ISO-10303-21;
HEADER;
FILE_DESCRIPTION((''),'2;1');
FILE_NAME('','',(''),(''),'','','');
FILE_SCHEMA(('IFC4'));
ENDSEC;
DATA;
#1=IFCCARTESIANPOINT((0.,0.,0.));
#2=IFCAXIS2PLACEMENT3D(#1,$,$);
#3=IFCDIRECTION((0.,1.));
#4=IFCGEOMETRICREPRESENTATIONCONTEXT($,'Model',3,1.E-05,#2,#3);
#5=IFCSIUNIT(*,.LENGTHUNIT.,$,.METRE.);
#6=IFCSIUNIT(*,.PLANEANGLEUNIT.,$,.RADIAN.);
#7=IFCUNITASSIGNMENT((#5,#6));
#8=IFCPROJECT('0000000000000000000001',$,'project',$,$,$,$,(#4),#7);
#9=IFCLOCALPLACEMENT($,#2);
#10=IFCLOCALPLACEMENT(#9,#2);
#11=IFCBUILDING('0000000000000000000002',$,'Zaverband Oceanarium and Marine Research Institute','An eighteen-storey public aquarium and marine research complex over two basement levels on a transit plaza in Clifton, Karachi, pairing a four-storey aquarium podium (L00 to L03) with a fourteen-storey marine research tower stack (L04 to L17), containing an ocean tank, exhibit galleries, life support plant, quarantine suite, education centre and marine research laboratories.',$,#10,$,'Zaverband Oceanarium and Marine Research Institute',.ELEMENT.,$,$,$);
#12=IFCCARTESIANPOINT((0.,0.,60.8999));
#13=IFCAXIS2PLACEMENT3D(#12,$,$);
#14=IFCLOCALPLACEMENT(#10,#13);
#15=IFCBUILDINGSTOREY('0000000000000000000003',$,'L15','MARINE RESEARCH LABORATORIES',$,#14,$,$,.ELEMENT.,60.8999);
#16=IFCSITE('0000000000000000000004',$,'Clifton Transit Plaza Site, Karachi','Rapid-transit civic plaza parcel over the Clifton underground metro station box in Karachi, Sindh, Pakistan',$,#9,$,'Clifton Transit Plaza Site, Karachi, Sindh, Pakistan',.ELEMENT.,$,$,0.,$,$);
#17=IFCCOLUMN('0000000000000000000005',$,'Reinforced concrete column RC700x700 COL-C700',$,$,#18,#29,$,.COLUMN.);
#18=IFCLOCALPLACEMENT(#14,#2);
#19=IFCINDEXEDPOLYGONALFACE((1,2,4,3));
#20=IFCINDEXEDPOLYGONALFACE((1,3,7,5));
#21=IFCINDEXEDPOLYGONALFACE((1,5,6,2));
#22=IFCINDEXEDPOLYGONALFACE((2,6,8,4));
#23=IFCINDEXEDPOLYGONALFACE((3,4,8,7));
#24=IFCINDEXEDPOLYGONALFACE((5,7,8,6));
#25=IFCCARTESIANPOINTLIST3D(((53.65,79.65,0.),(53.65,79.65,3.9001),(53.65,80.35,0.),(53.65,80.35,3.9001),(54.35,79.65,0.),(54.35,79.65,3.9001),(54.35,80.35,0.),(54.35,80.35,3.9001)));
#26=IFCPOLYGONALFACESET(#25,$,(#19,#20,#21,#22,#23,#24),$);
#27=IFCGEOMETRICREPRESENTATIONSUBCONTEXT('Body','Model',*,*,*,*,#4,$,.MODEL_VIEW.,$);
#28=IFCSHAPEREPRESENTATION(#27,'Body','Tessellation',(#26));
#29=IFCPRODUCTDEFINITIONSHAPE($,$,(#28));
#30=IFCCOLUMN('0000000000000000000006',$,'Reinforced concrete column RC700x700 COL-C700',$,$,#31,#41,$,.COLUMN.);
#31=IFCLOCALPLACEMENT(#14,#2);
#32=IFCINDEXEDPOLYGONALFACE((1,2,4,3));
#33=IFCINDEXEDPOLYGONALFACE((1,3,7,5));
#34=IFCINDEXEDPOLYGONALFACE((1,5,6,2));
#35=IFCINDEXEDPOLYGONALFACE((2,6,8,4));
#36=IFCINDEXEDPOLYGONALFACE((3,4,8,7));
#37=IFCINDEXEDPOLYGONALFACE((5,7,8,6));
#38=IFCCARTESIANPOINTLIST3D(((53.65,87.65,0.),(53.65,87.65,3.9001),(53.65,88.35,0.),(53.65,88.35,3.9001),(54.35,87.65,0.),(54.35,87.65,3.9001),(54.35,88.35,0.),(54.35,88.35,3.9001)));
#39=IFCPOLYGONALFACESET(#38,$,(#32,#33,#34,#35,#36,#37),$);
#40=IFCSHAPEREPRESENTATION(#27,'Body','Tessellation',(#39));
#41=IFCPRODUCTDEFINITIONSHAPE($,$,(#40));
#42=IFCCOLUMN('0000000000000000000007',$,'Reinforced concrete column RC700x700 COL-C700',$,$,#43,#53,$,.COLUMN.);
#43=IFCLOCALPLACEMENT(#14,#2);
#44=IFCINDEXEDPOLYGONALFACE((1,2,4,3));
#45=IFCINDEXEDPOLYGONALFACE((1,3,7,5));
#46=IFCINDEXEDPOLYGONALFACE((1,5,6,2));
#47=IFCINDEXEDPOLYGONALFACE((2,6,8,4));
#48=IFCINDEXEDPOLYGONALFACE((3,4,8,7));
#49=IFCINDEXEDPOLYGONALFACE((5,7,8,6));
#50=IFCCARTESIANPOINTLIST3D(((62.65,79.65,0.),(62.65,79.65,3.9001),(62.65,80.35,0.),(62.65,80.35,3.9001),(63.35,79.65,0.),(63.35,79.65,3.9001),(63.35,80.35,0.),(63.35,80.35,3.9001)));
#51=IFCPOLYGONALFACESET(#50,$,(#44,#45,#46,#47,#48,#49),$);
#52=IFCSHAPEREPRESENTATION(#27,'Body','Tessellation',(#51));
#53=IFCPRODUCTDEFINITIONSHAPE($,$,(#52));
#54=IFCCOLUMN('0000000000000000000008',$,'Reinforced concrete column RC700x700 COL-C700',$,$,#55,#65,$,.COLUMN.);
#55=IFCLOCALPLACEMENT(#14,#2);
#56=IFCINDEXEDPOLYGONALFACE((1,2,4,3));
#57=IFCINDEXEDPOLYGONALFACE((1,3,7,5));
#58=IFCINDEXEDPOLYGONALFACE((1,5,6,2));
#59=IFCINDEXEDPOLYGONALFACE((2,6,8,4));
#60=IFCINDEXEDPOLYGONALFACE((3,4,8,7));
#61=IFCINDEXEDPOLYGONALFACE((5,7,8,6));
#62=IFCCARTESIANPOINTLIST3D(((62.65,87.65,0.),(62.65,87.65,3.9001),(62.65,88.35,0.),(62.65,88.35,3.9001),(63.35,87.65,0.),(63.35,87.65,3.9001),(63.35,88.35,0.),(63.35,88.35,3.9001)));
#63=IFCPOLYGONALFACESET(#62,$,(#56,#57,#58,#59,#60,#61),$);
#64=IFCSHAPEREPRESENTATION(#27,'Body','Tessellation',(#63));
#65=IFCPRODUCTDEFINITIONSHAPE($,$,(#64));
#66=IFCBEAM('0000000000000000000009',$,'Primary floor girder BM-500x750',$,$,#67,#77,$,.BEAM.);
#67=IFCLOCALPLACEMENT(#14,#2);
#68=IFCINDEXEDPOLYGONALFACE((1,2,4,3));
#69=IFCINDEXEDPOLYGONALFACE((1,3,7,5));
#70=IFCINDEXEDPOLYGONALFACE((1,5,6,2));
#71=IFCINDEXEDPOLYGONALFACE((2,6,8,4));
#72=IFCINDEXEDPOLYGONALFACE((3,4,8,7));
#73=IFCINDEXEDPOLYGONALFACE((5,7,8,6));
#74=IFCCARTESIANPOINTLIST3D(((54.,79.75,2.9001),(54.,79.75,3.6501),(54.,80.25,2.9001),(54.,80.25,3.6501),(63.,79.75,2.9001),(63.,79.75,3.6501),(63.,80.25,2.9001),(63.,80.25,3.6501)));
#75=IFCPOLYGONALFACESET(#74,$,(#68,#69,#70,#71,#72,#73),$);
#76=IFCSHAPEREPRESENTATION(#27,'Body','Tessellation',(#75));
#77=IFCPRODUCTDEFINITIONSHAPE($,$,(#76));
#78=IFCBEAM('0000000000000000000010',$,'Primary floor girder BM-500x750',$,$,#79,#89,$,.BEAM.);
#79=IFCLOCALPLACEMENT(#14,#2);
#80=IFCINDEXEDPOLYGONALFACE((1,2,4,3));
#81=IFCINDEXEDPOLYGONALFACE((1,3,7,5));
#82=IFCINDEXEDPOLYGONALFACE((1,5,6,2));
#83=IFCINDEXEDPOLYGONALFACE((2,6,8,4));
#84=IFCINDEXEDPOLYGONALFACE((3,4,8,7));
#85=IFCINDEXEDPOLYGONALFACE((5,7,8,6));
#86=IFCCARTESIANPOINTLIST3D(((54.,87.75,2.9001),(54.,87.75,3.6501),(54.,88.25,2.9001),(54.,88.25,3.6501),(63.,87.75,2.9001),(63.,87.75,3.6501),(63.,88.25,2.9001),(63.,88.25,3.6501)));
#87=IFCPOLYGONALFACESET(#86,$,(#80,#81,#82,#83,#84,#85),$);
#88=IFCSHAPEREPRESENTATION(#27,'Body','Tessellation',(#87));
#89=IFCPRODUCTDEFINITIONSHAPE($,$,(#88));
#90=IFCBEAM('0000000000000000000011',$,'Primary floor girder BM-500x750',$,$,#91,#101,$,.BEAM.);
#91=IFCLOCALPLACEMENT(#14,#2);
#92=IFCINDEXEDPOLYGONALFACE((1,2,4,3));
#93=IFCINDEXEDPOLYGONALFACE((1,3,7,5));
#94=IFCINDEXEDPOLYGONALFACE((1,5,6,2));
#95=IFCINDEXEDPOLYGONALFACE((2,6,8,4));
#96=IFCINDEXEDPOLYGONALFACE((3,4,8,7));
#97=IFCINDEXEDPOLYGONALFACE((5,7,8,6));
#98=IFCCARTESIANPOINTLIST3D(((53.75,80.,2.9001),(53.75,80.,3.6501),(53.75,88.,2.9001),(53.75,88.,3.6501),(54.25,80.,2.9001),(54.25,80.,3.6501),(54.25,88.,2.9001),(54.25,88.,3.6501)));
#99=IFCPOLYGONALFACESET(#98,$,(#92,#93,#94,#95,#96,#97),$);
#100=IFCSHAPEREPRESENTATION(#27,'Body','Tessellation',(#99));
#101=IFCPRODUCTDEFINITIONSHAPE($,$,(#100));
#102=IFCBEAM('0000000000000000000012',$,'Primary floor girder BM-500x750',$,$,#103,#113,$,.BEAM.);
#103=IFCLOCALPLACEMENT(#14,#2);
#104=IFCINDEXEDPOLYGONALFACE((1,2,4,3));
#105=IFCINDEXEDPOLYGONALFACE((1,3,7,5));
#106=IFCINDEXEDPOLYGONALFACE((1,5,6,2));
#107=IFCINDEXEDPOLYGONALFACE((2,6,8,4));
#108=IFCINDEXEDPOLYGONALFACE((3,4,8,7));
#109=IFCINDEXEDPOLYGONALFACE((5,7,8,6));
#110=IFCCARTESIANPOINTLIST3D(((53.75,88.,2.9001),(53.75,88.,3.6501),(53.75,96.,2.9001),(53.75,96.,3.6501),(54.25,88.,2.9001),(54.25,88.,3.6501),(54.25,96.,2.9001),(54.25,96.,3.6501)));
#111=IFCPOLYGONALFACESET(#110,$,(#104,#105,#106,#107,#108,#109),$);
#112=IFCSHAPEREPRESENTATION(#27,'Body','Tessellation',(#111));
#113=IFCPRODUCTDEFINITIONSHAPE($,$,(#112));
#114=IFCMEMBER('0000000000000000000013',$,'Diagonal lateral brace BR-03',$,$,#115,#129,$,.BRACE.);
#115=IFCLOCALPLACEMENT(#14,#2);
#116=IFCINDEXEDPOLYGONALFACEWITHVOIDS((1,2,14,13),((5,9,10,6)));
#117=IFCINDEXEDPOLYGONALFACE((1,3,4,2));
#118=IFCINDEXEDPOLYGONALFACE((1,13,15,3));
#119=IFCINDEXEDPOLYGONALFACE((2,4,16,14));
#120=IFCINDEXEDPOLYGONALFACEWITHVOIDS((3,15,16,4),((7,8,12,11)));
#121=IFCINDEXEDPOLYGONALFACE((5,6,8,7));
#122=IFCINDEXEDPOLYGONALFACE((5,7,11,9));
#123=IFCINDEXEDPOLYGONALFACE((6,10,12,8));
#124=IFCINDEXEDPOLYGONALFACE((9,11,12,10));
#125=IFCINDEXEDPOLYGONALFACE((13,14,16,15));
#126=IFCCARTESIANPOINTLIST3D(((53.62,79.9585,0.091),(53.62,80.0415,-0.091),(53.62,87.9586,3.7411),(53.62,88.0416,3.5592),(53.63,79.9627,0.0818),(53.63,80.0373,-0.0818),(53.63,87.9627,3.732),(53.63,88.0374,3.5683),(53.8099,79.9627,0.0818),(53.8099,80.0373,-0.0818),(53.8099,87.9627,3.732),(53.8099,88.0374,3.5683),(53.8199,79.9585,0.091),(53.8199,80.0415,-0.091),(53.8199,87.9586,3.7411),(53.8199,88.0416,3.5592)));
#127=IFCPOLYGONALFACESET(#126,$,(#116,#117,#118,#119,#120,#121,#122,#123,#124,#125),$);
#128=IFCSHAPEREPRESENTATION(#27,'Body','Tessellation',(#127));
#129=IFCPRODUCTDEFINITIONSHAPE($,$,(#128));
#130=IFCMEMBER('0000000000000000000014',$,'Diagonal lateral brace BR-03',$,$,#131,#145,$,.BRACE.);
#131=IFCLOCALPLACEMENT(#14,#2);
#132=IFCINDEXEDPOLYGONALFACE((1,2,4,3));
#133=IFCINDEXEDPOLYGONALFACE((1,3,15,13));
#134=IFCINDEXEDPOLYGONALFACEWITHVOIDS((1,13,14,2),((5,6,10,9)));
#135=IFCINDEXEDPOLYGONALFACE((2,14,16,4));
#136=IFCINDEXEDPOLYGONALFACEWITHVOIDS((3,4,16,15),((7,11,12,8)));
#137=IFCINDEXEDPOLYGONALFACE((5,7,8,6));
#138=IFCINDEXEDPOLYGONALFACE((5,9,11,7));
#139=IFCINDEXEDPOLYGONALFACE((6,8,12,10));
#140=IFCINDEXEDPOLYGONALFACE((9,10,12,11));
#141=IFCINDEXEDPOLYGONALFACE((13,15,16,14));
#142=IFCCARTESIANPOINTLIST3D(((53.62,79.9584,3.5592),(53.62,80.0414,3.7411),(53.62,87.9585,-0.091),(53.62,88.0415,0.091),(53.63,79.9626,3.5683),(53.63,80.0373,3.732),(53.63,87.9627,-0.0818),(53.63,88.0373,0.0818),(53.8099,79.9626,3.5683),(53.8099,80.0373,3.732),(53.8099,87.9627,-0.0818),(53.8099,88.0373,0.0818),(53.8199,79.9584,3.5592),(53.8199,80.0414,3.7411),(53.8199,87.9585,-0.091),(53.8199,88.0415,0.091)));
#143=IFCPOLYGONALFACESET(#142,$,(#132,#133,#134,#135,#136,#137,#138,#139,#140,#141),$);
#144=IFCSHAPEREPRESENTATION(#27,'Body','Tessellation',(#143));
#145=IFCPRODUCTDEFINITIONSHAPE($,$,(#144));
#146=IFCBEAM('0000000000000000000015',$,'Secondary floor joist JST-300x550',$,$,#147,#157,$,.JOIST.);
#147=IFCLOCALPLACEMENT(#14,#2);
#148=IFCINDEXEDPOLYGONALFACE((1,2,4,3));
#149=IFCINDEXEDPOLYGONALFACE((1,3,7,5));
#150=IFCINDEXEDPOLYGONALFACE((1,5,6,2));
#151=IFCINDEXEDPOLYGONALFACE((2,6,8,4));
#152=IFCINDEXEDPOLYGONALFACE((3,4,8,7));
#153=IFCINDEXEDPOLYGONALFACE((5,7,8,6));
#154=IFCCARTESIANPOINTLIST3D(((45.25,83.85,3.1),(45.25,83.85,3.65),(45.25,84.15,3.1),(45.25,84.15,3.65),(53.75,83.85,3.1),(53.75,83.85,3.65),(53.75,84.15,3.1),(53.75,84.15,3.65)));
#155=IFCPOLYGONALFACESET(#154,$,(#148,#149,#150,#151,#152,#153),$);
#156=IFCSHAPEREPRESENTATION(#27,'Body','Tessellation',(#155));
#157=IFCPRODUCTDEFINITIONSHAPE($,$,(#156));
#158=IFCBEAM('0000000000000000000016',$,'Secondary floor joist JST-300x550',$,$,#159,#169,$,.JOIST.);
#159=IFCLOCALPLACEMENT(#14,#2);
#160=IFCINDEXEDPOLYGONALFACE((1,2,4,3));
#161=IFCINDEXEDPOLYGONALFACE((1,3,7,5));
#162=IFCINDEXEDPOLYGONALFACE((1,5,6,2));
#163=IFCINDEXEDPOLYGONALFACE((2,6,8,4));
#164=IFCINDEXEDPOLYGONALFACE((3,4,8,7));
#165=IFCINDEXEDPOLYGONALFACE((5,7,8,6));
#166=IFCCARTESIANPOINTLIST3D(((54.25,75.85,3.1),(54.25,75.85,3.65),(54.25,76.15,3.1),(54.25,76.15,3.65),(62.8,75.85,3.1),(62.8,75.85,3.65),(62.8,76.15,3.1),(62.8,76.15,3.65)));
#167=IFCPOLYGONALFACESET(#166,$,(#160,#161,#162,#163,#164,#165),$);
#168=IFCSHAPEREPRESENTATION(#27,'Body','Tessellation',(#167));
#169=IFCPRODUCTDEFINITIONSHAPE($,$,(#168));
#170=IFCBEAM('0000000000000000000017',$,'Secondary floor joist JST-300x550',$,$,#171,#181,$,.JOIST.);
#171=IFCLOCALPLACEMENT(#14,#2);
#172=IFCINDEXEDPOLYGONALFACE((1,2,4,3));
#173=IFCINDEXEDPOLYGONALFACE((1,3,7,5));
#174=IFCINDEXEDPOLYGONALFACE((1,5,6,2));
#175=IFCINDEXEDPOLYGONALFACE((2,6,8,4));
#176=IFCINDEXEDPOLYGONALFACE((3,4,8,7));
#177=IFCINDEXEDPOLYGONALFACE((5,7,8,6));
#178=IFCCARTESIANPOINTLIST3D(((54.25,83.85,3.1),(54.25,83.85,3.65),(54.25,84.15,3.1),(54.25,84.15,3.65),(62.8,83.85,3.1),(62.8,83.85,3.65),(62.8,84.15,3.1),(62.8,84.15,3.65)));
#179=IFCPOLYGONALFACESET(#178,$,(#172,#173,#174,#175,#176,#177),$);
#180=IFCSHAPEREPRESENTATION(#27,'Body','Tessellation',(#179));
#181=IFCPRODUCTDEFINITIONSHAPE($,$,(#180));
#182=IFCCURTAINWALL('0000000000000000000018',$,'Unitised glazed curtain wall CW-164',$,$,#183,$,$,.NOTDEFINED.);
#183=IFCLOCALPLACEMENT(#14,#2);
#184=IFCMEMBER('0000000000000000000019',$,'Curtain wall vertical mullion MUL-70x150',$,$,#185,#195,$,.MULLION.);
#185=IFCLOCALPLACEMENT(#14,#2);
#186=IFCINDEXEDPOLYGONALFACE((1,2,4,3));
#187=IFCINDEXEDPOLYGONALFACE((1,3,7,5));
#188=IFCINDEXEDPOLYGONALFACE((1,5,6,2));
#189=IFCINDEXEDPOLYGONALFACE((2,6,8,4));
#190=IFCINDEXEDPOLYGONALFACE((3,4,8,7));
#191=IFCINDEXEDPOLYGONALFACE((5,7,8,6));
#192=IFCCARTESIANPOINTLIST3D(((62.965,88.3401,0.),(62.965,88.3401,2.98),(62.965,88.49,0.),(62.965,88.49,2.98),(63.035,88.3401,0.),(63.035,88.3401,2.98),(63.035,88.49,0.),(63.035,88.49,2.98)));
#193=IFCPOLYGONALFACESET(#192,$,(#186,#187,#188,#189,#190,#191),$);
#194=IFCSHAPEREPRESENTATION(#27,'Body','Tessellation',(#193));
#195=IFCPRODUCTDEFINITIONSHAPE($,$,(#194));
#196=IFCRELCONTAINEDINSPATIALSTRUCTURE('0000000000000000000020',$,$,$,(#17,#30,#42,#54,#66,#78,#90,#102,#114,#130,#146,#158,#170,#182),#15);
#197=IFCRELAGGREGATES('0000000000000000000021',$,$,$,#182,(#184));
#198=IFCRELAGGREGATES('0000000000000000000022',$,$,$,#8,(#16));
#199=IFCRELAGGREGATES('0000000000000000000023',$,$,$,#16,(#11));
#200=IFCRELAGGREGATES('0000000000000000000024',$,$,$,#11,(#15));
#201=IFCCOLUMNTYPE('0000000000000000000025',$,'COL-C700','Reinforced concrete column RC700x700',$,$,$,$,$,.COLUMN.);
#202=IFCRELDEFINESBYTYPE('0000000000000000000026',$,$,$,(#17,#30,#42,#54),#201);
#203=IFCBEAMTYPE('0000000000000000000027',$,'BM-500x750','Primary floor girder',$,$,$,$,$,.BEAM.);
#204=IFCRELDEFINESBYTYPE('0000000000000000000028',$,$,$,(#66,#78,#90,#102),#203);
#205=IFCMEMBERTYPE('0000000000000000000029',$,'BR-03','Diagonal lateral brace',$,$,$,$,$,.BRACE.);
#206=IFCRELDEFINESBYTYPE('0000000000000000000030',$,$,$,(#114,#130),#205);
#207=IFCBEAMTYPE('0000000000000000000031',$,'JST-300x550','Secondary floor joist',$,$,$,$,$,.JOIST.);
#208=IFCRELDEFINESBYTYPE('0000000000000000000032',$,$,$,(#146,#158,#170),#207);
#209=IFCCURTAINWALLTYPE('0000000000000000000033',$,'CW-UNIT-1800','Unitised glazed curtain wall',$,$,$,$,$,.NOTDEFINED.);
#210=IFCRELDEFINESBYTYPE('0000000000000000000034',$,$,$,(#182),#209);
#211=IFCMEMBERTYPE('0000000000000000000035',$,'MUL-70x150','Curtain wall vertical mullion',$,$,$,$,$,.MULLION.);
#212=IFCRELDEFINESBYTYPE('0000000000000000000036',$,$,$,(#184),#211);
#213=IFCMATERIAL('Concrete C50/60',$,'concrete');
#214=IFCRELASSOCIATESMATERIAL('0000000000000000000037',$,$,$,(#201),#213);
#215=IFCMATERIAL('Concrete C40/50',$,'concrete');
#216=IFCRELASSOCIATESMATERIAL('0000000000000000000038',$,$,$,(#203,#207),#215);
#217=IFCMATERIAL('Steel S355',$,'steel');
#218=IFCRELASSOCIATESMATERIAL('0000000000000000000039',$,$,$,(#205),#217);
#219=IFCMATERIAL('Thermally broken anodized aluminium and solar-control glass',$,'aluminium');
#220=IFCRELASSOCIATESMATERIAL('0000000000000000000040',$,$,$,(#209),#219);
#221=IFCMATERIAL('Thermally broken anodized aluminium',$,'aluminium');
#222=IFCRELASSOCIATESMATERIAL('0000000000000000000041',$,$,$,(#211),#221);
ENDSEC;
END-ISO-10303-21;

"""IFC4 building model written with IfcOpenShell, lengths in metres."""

from ifc_helpers import new_model, si_unit, direction, frame, origin, origin_2d, place, context, subcontext, project, spatial, rectangle, hollow_rectangle, extrude, material, material_profile, profile_set, type_object, element, aggregate, save


model = new_model("IFC4")

# Units and contexts
model_context = context("Model", 3, precision=1e-05, world=origin(), true_north=direction((0.0, 1.0)))
body_context = subcontext(model_context, "Body", "Model", "MODEL_VIEW")
ifc_project = project(units=[si_unit("LENGTHUNIT", "METRE"), si_unit("PLANEANGLEUNIT", "RADIAN")], contexts=[model_context])

# Site, building, storey
site_placement = place(None, origin())
site = spatial("IfcSite", under=ifc_project, at=site_placement, Name="Clifton Transit Plaza Site, Karachi", Description="Rapid-transit civic plaza parcel over the Clifton underground metro station box in Karachi, Sindh, Pakistan", LongName="Clifton Transit Plaza Site, Karachi, Sindh, Pakistan", CompositionType="ELEMENT", RefElevation=0.0)
building_placement = place(site_placement, origin())
building = spatial("IfcBuilding", under=site, at=building_placement, Name="Zaverband Oceanarium and Marine Research Institute", Description="An eighteen-storey public aquarium and marine research complex over two basement levels on a transit plaza in Clifton, Karachi, pairing a four-storey aquarium podium (L00 to L03) with a fourteen-storey marine research tower stack (L04 to L17), containing an ocean tank, exhibit galleries, life support plant, quarantine suite, education centre and marine research laboratories.", LongName="Zaverband Oceanarium and Marine Research Institute", CompositionType="ELEMENT")
storey_placement = place(building_placement, frame((0.0, 0.0, 60.8999)))
storey = spatial("IfcBuildingStorey", under=building, at=storey_placement, Name="L15", Description="MARINE RESEARCH LABORATORIES", CompositionType="ELEMENT", Elevation=60.8999)

# Columns
ifc_material_1 = material(Name="Concrete C50/60", Category="concrete")
ifc_material_profile_1 = material_profile(ifc_material_1, rectangle(XDim=0.7, YDim=0.7, at=origin_2d()), Name="RC700x700")
ifc_profile_set_1 = profile_set([ifc_material_profile_1], Name="Concrete C50/60")
column_type = type_object("IfcColumnType", Name="COL-C700", Description="Reinforced concrete column RC700x700", PredefinedType="COLUMN", material=ifc_profile_set_1)
for number, where, z_axis, x_axis, name in (
    (1, (54.0, 80.0, 0.0), (0.0, 0.0, 1.0), (1.0, 0.0, 0.0), "Reinforced concrete column RC700x700 COL-C700"),
    (2, (54.0, 88.0, 0.0), (0.0, 0.0, 1.0), (1.0, 0.0, 0.0), "Reinforced concrete column RC700x700 COL-C700"),
    (3, (63.0, 80.0, 0.0), (0.0, 0.0, 1.0), (1.0, 0.0, 0.0), "Reinforced concrete column RC700x700 COL-C700"),
    (4, (63.0, 88.0, 0.0), (0.0, 0.0, 1.0), (1.0, 0.0, 0.0), "Reinforced concrete column RC700x700 COL-C700"),
):
    element("IfcColumn", number, at=place(storey_placement, frame(where, z_axis=z_axis, x_axis=x_axis)), inside=storey, type_object=column_type, Name=name, PredefinedType="COLUMN", context=body_context, shape_type="SweptSolid", body=[
        extrude(rectangle(XDim=0.7, YDim=0.7, at=origin_2d()), origin(), (0.0, 0.0, 1.0), 3.9001),
    ])

# Beams
ifc_material_2 = material(Name="Concrete C40/50", Category="concrete")
ifc_material_profile_2 = material_profile(ifc_material_2, rectangle(XDim=0.5, YDim=0.75, at=origin_2d()), Name="RC500x750")
ifc_profile_set_2 = profile_set([ifc_material_profile_2], Name="Concrete C40/50")
beam_type_1 = type_object("IfcBeamType", Name="BM-500x750", Description="Primary floor girder", PredefinedType="BEAM", material=ifc_profile_set_2)
for number, where, z_axis, x_axis, name in (
    (5, (54.0, 80.0, 3.2751), (1.0, 0.0, 0.0), (0.0, 1.0, 0.0), "Primary floor girder BM-500x750"),
    (6, (54.0, 88.0, 3.2751), (1.0, 0.0, 0.0), (0.0, 1.0, 0.0), "Primary floor girder BM-500x750"),
):
    element("IfcBeam", number, at=place(storey_placement, frame(where, z_axis=z_axis, x_axis=x_axis)), inside=storey, type_object=beam_type_1, Name=name, PredefinedType="BEAM", context=body_context, shape_type="SweptSolid", body=[
        extrude(rectangle(XDim=0.5, YDim=0.75, at=origin_2d()), origin(), (0.0, 0.0, 1.0), 9.0),
    ])
for number, where, z_axis, x_axis, name in (
    (7, (54.0, 80.0, 3.2751), (0.0, 1.0, 0.0), (-1.0, 0.0, 0.0), "Primary floor girder BM-500x750"),
    (8, (54.0, 88.0, 3.2751), (0.0, 1.0, 0.0), (-1.0, 0.0, 0.0), "Primary floor girder BM-500x750"),
):
    element("IfcBeam", number, at=place(storey_placement, frame(where, z_axis=z_axis, x_axis=x_axis)), inside=storey, type_object=beam_type_1, Name=name, PredefinedType="BEAM", context=body_context, shape_type="SweptSolid", body=[
        extrude(rectangle(XDim=0.5, YDim=0.75, at=origin_2d()), origin(), (0.0, 0.0, 1.0), 8.0),
    ])

# Members
ifc_material_3 = material(Name="Steel S355", Category="steel")
ifc_material_profile_3 = material_profile(ifc_material_3, hollow_rectangle(XDim=0.2, YDim=0.2, WallThickness=0.01, at=origin_2d()), Name="SHS200x200x10")
ifc_profile_set_3 = profile_set([ifc_material_profile_3], Name="Steel S355")
member_type_1 = type_object("IfcMemberType", Name="BR-03", Description="Diagonal lateral brace", PredefinedType="BRACE", material=ifc_profile_set_3)
for number, where, z_axis, x_axis, name in (
    (9, (53.72, 80.0, 0.0), (0.0, 0.909775, 0.415102), (-1.0, 0.0, 0.0), "Diagonal lateral brace BR-03"),
    (10, (53.72, 88.0, 0.0), (0.0, -0.909775, 0.415102), (1.0, 0.0, 0.0), "Diagonal lateral brace BR-03"),
):
    element("IfcMember", number, at=place(storey_placement, frame(where, z_axis=z_axis, x_axis=x_axis)), inside=storey, type_object=member_type_1, Name=name, PredefinedType="BRACE", context=body_context, shape_type="SweptSolid", body=[
        extrude(hollow_rectangle(XDim=0.2, YDim=0.2, WallThickness=0.01, at=origin_2d()), origin(), (0.0, 0.0, 1.0), 8.7935),
    ])

# Beams
ifc_material_profile_4 = material_profile(ifc_material_2, rectangle(XDim=0.3, YDim=0.55, at=origin_2d()), Name="RC300x550")
ifc_profile_set_4 = profile_set([ifc_material_profile_4], Name="Concrete C40/50")
beam_type_2 = type_object("IfcBeamType", Name="JST-300x550", Description="Secondary floor joist", PredefinedType="JOIST", material=ifc_profile_set_4)
beam_placement = place(storey_placement, frame((45.25, 84.0, 3.375), z_axis=(1.0, 0.0, 0.0), x_axis=(0.0, 1.0, 0.0)))
element("IfcBeam", 11, at=beam_placement, inside=storey, type_object=beam_type_2, Name="Secondary floor joist JST-300x550", PredefinedType="JOIST", context=body_context, shape_type="SweptSolid", body=[
    extrude(rectangle(XDim=0.3, YDim=0.55, at=origin_2d()), origin(), (0.0, 0.0, 1.0), 8.5),
])
for number, where, z_axis, x_axis, name in (
    (12, (54.25, 76.0, 3.375), (1.0, 0.0, 0.0), (0.0, 1.0, 0.0), "Secondary floor joist JST-300x550"),
    (13, (54.25, 84.0, 3.375), (1.0, 0.0, 0.0), (0.0, 1.0, 0.0), "Secondary floor joist JST-300x550"),
):
    element("IfcBeam", number, at=place(storey_placement, frame(where, z_axis=z_axis, x_axis=x_axis)), inside=storey, type_object=beam_type_2, Name=name, PredefinedType="JOIST", context=body_context, shape_type="SweptSolid", body=[
        extrude(rectangle(XDim=0.3, YDim=0.55, at=origin_2d()), origin(), (0.0, 0.0, 1.0), 8.55),
    ])

# Curtain wall, member
ifc_material_4 = material(Name="Thermally broken anodized aluminium and solar-control glass", Category="aluminium")
curtain_wall_type = type_object("IfcCurtainWallType", Name="CW-UNIT-1800", Description="Unitised glazed curtain wall", PredefinedType="NOTDEFINED", material=ifc_material_4)
curtain_wall_placement = place(storey_placement, origin())
curtain_wall = element("IfcCurtainWall", 14, at=curtain_wall_placement, inside=storey, type_object=curtain_wall_type, Name="Unitised glazed curtain wall CW-164", PredefinedType="NOTDEFINED")
ifc_material_5 = material(Name="Thermally broken anodized aluminium", Category="aluminium")
ifc_material_profile_5 = material_profile(ifc_material_5, rectangle(XDim=0.0701, YDim=0.1499, at=origin_2d()), Name="AL-MUL-70x150")
ifc_profile_set_5 = profile_set([ifc_material_profile_5], Name="Thermally broken anodized aluminium")
member_type_2 = type_object("IfcMemberType", Name="MUL-70x150", Description="Curtain wall vertical mullion", PredefinedType="MULLION", material=ifc_profile_set_5)
member_1_placement = place(storey_placement, frame((63.0, 88.415, 0.0), z_axis=(0.0, 0.0, 1.0), x_axis=(1.0, 0.0, 0.0)))
member_1 = element("IfcMember", 15, at=member_1_placement, type_object=member_type_2, Name="Curtain wall vertical mullion MUL-70x150", PredefinedType="MULLION", context=body_context, shape_type="SweptSolid", body=[
    extrude(rectangle(XDim=0.0701, YDim=0.1499, at=origin_2d()), origin(), (0.0, 0.0, 1.0), 2.98),
])

aggregate(curtain_wall, [member_1])

save(model, "model.ifc")
